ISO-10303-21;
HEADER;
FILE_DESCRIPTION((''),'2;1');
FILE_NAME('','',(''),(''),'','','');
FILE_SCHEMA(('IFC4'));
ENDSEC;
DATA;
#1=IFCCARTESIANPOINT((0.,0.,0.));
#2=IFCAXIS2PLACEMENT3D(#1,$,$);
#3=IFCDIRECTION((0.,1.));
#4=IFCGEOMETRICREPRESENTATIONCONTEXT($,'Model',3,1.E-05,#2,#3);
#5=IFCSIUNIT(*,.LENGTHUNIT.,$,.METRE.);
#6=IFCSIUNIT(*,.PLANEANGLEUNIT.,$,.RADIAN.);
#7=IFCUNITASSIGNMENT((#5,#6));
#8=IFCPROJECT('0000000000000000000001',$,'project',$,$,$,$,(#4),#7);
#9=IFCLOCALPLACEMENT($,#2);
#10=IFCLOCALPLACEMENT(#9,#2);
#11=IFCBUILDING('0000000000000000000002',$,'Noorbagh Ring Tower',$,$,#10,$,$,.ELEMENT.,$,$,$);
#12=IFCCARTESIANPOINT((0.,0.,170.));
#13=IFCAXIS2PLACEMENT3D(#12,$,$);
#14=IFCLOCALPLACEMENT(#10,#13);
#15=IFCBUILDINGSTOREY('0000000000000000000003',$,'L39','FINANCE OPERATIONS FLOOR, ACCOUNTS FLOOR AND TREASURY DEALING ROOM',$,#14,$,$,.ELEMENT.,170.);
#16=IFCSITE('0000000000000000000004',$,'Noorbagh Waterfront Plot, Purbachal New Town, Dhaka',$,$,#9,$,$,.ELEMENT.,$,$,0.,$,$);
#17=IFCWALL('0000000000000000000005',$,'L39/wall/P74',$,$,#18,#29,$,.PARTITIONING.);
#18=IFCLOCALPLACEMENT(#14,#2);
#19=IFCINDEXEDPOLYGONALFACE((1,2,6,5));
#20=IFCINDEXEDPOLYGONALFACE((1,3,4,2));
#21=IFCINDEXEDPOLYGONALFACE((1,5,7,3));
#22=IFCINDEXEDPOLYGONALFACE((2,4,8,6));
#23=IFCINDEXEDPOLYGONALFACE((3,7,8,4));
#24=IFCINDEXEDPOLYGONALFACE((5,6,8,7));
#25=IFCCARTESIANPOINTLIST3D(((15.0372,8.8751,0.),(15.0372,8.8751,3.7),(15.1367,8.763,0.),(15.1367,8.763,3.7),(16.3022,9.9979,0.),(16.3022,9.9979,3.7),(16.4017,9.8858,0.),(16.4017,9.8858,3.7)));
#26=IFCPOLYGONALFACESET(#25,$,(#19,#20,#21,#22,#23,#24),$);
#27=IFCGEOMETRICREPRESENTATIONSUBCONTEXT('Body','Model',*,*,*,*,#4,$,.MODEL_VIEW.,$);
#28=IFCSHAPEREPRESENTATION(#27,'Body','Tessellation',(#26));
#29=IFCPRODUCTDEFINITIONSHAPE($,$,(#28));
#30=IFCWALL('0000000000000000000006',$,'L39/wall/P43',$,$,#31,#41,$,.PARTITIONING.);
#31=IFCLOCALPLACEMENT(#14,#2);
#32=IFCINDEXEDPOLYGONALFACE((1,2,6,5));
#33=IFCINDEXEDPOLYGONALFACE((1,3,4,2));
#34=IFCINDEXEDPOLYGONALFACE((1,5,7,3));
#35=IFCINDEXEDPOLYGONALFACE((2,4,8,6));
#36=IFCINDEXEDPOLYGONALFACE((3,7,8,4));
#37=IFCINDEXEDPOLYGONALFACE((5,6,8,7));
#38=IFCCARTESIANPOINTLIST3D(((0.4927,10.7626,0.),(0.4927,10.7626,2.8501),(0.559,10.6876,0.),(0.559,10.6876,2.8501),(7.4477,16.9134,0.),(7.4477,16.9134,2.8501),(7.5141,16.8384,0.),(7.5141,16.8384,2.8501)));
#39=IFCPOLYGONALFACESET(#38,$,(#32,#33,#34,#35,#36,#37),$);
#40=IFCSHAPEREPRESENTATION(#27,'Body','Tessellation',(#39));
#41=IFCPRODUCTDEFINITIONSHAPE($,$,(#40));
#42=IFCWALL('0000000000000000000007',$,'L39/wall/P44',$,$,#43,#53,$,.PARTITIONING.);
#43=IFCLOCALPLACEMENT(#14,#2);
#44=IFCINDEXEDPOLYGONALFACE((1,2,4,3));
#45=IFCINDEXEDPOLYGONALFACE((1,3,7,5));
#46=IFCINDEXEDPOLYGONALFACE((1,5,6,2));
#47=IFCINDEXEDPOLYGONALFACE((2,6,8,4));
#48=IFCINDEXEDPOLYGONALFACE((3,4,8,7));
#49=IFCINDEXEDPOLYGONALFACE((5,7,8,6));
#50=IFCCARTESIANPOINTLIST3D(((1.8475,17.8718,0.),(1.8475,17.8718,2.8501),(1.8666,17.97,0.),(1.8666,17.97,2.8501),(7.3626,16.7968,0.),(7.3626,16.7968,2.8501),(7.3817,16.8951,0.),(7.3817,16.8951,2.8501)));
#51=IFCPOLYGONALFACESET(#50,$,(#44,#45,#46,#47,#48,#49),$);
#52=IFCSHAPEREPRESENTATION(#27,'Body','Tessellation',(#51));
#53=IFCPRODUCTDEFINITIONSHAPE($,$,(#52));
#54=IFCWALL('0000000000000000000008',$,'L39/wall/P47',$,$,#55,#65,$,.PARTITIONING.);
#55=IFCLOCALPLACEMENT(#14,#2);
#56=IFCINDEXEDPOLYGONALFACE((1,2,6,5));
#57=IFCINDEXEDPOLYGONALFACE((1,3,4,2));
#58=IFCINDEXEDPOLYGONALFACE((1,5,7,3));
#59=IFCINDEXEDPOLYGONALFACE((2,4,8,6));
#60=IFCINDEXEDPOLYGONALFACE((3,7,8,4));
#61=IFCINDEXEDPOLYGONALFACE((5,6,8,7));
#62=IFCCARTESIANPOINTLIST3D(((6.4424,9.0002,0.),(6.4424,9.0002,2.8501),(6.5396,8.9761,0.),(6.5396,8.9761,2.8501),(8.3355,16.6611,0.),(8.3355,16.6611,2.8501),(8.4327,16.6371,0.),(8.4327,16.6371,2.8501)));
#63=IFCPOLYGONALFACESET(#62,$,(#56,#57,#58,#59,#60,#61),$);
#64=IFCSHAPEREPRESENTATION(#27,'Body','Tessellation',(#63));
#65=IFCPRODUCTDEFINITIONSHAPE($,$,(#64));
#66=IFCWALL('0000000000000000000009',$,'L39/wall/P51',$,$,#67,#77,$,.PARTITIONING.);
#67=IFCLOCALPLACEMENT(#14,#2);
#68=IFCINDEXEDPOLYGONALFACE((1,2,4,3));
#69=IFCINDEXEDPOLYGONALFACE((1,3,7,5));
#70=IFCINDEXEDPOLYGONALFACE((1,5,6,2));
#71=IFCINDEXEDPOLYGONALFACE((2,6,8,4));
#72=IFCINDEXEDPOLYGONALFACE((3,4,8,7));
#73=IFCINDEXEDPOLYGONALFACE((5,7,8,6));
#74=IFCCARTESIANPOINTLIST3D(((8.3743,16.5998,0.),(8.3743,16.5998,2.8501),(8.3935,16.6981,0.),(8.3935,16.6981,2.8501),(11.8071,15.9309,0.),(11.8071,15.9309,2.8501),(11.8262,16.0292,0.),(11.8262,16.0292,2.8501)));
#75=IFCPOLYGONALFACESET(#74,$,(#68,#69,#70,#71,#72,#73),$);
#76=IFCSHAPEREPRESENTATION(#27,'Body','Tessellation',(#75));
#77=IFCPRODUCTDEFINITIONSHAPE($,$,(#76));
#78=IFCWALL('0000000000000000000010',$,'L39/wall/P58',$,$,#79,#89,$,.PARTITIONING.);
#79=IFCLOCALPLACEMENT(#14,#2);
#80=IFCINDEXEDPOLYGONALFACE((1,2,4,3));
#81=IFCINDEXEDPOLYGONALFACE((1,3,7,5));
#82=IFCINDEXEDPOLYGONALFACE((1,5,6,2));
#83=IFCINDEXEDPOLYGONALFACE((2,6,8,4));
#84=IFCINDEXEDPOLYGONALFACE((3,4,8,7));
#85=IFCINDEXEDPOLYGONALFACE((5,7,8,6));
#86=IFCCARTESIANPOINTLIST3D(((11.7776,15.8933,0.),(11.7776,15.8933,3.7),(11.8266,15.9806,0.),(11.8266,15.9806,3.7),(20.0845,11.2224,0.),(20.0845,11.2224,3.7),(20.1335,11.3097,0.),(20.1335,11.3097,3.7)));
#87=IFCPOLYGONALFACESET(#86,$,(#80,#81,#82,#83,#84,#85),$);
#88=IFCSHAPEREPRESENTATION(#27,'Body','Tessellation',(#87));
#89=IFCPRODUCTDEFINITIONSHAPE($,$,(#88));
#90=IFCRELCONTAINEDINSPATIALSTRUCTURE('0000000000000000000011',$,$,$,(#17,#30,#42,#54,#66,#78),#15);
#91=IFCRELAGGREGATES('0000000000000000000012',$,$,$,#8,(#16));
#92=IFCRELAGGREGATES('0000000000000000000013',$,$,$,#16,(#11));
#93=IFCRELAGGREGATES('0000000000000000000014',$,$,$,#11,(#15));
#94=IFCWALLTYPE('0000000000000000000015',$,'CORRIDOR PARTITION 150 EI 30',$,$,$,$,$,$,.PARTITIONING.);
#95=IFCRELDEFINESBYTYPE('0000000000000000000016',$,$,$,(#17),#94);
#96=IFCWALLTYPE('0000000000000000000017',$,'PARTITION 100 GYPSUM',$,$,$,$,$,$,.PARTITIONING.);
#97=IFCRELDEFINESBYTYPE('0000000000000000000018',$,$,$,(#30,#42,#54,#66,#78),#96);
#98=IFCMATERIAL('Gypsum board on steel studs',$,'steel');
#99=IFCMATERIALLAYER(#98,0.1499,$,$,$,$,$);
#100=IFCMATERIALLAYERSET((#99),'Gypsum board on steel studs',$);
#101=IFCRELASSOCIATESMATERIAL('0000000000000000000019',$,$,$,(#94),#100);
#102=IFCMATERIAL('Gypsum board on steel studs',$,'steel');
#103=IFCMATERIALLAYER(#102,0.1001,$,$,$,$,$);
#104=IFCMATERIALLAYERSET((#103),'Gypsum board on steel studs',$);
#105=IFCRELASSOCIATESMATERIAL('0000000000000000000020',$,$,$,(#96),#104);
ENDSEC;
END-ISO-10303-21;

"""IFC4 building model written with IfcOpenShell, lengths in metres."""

from ifc_helpers import new_model, si_unit, direction, frame, frame_2d, origin, place, context, subcontext, project, spatial, rectangle, extrude, material, layer, layer_set, type_object, element, save


model = new_model("IFC4")

# Units and contexts
model_context = context("Model", 3, precision=1e-05, world=origin(), true_north=direction((0.0, 1.0)))
body_context = subcontext(model_context, "Body", "Model", "MODEL_VIEW")
ifc_project = project(units=[si_unit("LENGTHUNIT", "METRE"), si_unit("PLANEANGLEUNIT", "RADIAN")], contexts=[model_context])

# Site, building, storey
site_placement = place(None, origin())
site = spatial("IfcSite", under=ifc_project, at=site_placement, Name="Noorbagh Waterfront Plot, Purbachal New Town, Dhaka", CompositionType="ELEMENT", RefElevation=0.0)
building_placement = place(site_placement, origin())
building = spatial("IfcBuilding", under=site, at=building_placement, Name="Noorbagh Ring Tower", CompositionType="ELEMENT")
storey_placement = place(building_placement, frame((0.0, 0.0, 170.0)))
storey = spatial("IfcBuildingStorey", under=building, at=storey_placement, Name="L39", Description="FINANCE OPERATIONS FLOOR, ACCOUNTS FLOOR AND TREASURY DEALING ROOM", CompositionType="ELEMENT", Elevation=170.0)

# Shared definitions
ifc_material_1 = material(Name="Gypsum board on steel studs", Category="steel")
ifc_layer_1 = layer(ifc_material_1, 0.1499)
ifc_layer_set_1 = layer_set([ifc_layer_1], Name="Gypsum board on steel studs")
wall_type_1 = type_object("IfcWallType", Name="CORRIDOR PARTITION 150 EI 30", PredefinedType="PARTITIONING", material=ifc_layer_set_1)

# Walls
wall_1_placement = place(storey_placement, frame((15.0869, 8.8191, 0.0), z_axis=(0.0, 0.0, 1.0), x_axis=(0.747927, 0.663781, 0.0)))
element("IfcWall", 1, at=wall_1_placement, inside=storey, type_object=wall_type_1, Name="L39/wall/P74", PredefinedType="PARTITIONING", context=body_context, shape_type="SweptSolid", body=[
    extrude(rectangle(XDim=1.6914, YDim=0.1499, at=frame_2d((0.8457, 0.0))), origin(), (0.0, 0.0, 1.0), 3.7),
])
ifc_material_2 = material(Name="Gypsum board on steel studs", Category="steel")
ifc_layer_2 = layer(ifc_material_2, 0.1001)
ifc_layer_set_2 = layer_set([ifc_layer_2], Name="Gypsum board on steel studs")
wall_type_2 = type_object("IfcWallType", Name="PARTITION 100 GYPSUM", PredefinedType="PARTITIONING", material=ifc_layer_set_2)
wall_2_placement = place(storey_placement, frame((0.5259, 10.7251, 0.0), z_axis=(0.0, 0.0, 1.0), x_axis=(0.749087, 0.662472, 0.0)))
element("IfcWall", 2, at=wall_2_placement, inside=storey, type_object=wall_type_2, Name="L39/wall/P43", PredefinedType="PARTITIONING", context=body_context, shape_type="SweptSolid", body=[
    extrude(rectangle(XDim=9.2847, YDim=0.1001, at=frame_2d((4.6423, 0.0))), origin(), (0.0, 0.0, 1.0), 2.8501),
])
wall_3_placement = place(storey_placement, frame((1.8569, 17.9209, 0.0), z_axis=(0.0, 0.0, 1.0), x_axis=(0.98153, -0.191309, 0.0)))
element("IfcWall", 3, at=wall_3_placement, inside=storey, type_object=wall_type_2, Name="L39/wall/P44", PredefinedType="PARTITIONING", context=body_context, shape_type="SweptSolid", body=[
    extrude(rectangle(XDim=5.6189, YDim=0.1001, at=frame_2d((2.8096, 0.0))), origin(), (0.0, 0.0, 1.0), 2.8501),
])
wall_4_placement = place(storey_placement, frame((6.491, 8.988, 0.0), z_axis=(0.0, 0.0, 1.0), x_axis=(0.239892, 0.9708, 0.0)))
element("IfcWall", 4, at=wall_4_placement, inside=storey, type_object=wall_type_2, Name="L39/wall/P47", PredefinedType="PARTITIONING", context=body_context, shape_type="SweptSolid", body=[
    extrude(rectangle(XDim=7.8914, YDim=0.1001, at=frame_2d((3.9458, 0.0))), origin(), (0.0, 0.0, 1.0), 2.8501),
])
wall_5_placement = place(storey_placement, frame((8.384, 16.6489, 0.0), z_axis=(0.0, 0.0, 1.0), x_axis=(0.981538, -0.191268, 0.0)))
element("IfcWall", 5, at=wall_5_placement, inside=storey, type_object=wall_type_2, Name="L39/wall/P51", PredefinedType="PARTITIONING", context=body_context, shape_type="SweptSolid", body=[
    extrude(rectangle(XDim=3.4973, YDim=0.1001, at=frame_2d((1.7485, 0.0))), origin(), (0.0, 0.0, 1.0), 2.8501),
])
wall_6_placement = place(storey_placement, frame((11.802, 15.937, 0.0), z_axis=(0.0, 0.0, 1.0), x_axis=(0.871653, -0.490124, 0.0)))
element("IfcWall", 6, at=wall_6_placement, inside=storey, type_object=wall_type_2, Name="L39/wall/P58", PredefinedType="PARTITIONING", context=body_context, shape_type="SweptSolid", body=[
    extrude(rectangle(XDim=9.53, YDim=0.1001, at=frame_2d((4.7651, 0.0))), origin(), (0.0, 0.0, 1.0), 3.7),
])

save(model, "model.ifc")
